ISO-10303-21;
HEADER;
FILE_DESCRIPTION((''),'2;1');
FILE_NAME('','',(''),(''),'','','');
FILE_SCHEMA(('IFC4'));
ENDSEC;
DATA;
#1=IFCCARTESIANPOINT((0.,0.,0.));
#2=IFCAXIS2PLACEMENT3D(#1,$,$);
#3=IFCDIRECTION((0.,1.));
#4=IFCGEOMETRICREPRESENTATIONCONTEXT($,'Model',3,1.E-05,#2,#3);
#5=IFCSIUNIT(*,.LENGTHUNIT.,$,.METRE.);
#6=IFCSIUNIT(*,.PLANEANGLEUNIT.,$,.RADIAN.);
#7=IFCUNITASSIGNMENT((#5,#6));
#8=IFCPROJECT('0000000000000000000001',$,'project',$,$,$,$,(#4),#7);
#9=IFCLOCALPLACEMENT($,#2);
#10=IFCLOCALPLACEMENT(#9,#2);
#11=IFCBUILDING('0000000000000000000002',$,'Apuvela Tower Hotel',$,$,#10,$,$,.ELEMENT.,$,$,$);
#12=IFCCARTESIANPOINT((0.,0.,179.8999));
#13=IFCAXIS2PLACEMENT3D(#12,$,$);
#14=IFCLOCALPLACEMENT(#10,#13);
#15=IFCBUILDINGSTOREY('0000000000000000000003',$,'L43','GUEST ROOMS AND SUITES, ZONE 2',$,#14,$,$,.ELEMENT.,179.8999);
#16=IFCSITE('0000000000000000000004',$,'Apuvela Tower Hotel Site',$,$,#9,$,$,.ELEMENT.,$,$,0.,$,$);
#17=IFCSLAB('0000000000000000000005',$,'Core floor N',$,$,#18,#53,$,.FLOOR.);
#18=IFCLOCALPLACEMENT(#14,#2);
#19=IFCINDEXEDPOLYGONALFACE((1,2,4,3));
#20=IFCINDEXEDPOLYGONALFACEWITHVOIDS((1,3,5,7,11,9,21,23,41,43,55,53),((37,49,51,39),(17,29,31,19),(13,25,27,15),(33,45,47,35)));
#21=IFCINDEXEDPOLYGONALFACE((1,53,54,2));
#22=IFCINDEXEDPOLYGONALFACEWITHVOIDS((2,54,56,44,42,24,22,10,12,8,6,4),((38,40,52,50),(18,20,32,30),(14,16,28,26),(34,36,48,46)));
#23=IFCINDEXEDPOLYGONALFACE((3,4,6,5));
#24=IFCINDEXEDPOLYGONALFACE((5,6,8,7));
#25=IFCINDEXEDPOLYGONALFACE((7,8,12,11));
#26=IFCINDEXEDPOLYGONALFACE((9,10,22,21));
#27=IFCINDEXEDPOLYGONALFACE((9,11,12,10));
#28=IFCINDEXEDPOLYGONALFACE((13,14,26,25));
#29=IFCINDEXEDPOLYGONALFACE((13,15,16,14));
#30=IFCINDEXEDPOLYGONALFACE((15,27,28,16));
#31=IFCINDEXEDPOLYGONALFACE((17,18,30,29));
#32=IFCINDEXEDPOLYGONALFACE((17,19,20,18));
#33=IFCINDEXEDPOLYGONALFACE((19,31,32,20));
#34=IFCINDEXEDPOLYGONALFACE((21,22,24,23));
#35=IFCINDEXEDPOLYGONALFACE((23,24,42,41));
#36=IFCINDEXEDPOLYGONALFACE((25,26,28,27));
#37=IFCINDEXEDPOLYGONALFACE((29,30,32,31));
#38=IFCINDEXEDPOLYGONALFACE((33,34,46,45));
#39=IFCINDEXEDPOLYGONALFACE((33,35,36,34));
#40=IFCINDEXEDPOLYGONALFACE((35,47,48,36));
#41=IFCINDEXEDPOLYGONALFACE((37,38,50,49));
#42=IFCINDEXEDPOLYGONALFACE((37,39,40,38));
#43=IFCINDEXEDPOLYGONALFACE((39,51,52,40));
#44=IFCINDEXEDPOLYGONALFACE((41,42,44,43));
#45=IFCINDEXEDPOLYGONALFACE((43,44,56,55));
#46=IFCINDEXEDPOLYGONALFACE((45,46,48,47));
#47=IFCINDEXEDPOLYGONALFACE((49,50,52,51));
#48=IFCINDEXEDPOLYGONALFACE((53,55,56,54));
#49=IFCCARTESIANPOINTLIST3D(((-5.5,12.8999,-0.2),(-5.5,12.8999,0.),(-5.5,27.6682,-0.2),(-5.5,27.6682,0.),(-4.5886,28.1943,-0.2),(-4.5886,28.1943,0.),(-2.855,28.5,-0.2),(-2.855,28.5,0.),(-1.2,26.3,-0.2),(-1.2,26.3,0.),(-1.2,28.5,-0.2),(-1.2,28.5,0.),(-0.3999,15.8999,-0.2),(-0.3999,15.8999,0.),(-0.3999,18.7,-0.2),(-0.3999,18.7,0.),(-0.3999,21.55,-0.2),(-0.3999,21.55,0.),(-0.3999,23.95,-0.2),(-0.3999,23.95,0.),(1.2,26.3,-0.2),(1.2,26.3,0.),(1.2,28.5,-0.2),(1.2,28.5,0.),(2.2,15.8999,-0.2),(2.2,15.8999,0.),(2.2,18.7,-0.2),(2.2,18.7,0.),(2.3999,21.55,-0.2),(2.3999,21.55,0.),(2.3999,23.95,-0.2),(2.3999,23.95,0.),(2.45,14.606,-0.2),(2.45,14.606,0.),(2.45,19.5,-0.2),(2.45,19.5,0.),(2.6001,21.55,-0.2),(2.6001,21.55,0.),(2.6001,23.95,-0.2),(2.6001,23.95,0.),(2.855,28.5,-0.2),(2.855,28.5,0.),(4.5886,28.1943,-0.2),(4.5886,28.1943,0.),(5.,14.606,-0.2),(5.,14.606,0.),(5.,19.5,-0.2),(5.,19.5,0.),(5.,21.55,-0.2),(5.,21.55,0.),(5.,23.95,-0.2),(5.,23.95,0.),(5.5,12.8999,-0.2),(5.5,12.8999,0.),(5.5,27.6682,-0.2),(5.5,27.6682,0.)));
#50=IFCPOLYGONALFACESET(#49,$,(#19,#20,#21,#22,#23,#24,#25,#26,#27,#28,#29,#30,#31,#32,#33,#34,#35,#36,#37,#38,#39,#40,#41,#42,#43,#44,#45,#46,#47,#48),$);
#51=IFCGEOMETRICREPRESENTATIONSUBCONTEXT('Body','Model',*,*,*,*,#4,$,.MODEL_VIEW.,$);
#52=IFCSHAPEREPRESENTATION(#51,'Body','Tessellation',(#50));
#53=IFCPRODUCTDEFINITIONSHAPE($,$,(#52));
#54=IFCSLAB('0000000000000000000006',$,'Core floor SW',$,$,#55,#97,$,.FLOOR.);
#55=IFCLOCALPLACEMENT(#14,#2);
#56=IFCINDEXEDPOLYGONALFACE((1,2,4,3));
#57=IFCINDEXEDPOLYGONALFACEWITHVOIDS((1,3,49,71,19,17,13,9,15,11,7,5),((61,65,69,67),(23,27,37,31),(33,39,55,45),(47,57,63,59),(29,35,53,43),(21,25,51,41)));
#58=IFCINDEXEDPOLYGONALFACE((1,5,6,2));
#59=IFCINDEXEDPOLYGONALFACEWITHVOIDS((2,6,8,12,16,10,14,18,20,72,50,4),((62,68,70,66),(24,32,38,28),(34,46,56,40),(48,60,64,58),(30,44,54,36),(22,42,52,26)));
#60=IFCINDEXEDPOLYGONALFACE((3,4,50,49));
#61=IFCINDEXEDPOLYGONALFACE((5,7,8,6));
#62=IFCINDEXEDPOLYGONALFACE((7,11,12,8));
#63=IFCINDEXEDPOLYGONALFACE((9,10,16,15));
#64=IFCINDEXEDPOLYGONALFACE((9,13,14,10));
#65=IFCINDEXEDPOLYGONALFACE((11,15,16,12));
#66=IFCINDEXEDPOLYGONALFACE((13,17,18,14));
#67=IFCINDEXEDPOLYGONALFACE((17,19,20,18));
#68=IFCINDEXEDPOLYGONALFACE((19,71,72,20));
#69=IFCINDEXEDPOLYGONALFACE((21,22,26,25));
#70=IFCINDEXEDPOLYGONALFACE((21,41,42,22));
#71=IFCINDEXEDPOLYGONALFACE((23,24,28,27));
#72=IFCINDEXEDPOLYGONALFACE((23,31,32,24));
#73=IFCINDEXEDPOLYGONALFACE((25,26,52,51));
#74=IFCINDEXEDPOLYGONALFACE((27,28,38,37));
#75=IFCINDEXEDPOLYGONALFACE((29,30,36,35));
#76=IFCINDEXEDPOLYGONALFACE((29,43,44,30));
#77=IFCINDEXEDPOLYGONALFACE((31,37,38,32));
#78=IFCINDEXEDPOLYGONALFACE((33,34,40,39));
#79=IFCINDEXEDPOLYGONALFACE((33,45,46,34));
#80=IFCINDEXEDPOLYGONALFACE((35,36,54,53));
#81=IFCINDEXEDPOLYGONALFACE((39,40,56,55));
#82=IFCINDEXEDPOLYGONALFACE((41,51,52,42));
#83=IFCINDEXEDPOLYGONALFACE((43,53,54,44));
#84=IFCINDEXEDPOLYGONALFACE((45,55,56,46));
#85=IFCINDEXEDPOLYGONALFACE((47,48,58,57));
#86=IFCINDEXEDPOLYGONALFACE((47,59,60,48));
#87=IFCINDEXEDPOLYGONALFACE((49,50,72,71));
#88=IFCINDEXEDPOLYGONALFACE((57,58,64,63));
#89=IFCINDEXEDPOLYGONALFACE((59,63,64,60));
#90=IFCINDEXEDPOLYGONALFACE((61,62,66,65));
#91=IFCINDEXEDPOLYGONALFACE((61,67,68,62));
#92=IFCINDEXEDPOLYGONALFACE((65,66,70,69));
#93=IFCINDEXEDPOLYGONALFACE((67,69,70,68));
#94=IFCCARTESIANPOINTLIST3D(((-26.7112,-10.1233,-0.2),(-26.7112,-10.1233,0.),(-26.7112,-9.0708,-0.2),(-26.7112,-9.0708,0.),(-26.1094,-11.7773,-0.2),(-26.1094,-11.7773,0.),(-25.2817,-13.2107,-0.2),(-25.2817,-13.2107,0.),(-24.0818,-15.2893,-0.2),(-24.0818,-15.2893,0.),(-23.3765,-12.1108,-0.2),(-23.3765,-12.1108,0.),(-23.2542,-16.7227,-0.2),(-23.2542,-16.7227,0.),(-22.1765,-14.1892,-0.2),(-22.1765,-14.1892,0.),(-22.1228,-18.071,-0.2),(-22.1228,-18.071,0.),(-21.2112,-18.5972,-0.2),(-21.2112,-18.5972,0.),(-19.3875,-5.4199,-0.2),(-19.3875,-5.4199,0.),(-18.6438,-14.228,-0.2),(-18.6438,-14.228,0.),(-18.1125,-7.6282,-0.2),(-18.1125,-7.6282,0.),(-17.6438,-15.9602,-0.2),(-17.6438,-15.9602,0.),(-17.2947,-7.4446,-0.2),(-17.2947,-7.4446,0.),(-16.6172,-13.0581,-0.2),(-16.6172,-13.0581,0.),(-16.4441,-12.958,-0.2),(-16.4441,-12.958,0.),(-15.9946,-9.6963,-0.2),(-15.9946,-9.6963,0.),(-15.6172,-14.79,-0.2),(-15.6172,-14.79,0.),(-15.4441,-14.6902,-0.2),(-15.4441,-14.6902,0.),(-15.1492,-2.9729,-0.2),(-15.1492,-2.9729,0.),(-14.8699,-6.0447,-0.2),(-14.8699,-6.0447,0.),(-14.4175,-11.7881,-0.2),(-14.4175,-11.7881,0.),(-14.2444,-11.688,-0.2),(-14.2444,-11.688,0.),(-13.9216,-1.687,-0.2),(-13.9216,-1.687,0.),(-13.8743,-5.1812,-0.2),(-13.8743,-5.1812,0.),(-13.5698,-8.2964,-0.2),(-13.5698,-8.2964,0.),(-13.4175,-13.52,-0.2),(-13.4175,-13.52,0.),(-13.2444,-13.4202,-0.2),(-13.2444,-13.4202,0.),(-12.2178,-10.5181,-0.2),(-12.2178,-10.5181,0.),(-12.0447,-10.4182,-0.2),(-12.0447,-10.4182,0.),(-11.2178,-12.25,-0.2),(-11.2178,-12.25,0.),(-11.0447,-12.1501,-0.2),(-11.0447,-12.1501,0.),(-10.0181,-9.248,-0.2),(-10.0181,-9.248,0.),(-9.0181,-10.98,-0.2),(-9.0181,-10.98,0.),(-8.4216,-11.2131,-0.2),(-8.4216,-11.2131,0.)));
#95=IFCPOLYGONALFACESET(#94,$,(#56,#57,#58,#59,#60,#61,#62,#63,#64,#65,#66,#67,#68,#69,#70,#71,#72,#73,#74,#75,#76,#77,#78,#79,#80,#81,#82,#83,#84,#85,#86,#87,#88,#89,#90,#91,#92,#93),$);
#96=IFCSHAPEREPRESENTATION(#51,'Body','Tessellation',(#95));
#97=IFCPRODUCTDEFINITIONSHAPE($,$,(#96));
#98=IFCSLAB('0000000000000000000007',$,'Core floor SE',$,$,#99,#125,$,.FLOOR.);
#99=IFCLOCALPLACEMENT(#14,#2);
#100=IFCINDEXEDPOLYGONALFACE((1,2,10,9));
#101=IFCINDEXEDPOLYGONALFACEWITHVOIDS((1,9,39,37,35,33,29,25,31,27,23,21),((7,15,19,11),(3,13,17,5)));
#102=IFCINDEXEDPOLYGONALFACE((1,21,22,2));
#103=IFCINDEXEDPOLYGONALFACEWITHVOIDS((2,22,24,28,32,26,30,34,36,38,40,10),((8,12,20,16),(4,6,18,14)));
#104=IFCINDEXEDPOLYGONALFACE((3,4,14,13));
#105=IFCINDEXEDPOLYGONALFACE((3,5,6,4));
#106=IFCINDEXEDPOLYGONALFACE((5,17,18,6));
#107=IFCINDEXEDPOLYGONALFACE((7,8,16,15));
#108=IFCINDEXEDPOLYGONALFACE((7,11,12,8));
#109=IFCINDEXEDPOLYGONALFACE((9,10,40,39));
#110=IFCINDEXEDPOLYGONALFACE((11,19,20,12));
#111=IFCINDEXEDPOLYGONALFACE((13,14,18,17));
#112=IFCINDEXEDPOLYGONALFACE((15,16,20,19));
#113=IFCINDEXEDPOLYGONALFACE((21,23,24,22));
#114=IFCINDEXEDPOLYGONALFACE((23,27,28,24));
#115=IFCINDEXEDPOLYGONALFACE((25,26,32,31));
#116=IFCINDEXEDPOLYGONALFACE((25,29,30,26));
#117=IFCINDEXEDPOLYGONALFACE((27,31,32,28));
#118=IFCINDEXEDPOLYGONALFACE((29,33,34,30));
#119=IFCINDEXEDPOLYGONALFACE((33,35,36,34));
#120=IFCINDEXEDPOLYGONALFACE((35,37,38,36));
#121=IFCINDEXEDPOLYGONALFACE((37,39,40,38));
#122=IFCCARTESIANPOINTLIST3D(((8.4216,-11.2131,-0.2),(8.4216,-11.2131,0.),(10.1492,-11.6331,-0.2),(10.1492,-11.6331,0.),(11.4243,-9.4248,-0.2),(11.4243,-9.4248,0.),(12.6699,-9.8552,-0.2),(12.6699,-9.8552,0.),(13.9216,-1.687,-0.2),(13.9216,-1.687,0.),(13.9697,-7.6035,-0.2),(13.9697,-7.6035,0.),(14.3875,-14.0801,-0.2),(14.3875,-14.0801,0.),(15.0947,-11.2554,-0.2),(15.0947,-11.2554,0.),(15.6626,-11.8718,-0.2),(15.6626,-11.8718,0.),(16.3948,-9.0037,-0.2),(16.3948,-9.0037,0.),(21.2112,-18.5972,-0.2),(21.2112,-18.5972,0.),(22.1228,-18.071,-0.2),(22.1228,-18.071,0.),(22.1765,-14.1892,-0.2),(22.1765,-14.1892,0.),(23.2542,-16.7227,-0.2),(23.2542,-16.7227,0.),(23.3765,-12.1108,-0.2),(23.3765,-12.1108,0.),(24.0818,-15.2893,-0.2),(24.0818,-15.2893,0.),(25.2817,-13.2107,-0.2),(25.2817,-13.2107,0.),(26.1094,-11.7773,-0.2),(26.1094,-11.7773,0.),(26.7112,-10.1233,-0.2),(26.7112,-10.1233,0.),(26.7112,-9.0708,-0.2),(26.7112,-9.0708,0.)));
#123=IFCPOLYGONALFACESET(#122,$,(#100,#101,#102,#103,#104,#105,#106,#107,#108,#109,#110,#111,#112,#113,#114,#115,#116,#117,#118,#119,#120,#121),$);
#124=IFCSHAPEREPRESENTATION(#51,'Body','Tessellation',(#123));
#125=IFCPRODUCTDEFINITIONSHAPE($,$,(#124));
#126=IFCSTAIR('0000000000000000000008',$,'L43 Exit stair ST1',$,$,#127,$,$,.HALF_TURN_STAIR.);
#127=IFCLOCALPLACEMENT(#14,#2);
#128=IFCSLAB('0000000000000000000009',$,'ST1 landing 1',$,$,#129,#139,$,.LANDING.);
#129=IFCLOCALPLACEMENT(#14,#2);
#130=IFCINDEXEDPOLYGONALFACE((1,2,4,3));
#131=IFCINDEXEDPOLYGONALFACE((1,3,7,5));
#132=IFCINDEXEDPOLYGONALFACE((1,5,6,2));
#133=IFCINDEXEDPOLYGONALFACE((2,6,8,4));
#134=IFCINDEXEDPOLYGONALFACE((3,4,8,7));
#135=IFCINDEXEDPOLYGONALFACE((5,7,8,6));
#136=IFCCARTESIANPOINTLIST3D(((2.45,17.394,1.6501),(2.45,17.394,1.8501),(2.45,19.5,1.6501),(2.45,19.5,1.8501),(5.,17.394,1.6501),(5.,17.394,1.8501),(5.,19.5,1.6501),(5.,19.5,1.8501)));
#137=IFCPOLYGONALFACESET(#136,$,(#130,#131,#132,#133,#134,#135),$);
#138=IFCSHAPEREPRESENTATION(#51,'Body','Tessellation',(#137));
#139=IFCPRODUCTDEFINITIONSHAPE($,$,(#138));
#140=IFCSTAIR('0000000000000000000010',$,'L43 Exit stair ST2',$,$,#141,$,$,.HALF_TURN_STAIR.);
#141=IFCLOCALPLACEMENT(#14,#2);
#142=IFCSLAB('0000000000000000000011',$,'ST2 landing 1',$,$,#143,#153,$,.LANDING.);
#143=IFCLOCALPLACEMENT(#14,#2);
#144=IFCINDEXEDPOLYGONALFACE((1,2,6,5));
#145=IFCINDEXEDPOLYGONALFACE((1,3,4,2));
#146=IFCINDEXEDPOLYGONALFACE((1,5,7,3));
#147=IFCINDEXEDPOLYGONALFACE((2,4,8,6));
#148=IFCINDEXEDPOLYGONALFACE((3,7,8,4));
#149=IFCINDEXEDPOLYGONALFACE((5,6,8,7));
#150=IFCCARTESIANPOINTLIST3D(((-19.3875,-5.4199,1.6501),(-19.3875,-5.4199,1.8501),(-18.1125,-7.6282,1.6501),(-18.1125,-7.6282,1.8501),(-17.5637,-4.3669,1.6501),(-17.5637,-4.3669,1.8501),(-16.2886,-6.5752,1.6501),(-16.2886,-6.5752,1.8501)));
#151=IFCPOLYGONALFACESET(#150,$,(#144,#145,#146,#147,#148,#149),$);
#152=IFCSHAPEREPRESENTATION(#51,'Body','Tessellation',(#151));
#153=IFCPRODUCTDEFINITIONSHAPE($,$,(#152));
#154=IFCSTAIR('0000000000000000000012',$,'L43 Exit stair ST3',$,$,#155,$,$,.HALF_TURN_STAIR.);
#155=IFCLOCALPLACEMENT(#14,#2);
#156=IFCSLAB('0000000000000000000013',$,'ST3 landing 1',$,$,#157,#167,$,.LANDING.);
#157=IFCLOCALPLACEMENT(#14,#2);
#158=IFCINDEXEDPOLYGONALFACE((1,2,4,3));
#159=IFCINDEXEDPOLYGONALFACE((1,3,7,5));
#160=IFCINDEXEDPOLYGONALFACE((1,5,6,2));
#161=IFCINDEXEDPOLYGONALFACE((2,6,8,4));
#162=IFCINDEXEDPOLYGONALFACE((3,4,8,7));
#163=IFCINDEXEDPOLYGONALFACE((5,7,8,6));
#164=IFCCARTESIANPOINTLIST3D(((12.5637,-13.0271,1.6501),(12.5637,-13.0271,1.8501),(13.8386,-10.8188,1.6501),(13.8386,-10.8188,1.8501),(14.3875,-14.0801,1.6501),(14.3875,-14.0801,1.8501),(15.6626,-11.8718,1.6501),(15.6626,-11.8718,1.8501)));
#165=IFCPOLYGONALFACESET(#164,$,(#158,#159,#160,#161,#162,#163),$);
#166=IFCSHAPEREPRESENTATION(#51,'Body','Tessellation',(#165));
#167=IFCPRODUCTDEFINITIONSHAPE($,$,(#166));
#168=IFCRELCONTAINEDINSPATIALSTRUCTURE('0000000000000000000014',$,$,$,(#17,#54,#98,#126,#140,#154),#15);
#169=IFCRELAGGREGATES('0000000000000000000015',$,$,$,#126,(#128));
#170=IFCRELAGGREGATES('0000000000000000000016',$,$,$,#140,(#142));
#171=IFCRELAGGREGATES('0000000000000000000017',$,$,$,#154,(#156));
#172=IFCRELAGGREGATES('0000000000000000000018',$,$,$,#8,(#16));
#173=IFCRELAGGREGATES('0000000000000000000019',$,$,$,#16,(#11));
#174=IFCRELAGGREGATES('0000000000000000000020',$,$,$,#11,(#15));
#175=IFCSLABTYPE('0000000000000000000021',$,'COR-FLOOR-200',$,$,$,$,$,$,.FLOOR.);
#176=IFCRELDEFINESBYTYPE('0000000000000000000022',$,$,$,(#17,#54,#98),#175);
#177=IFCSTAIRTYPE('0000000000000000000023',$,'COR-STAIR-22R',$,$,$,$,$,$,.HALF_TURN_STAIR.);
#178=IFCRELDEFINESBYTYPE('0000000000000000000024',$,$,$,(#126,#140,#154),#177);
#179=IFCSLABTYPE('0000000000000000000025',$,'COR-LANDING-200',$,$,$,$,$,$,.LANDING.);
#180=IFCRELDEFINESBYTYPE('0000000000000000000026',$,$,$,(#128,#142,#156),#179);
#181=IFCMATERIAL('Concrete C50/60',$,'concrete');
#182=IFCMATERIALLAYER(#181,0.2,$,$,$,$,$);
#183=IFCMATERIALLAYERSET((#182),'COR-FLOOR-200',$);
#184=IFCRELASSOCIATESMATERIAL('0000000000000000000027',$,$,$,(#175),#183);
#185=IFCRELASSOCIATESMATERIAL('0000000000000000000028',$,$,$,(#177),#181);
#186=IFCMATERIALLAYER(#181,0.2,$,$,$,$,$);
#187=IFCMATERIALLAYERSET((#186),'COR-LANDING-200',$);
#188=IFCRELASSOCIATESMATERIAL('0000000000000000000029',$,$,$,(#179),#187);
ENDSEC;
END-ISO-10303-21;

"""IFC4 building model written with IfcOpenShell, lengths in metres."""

from ifc_helpers import new_model, si_unit, direction, frame, origin, place, context, subcontext, project, spatial, polyline, outline, extrude, material, layer, layer_set, type_object, element, aggregate, save


model = new_model("IFC4")

# Units and contexts
model_context = context("Model", 3, precision=1e-05, world=origin(), true_north=direction((0.0, 1.0)))
body_context = subcontext(model_context, "Body", "Model", "MODEL_VIEW")
ifc_project = project(units=[si_unit("LENGTHUNIT", "METRE"), si_unit("PLANEANGLEUNIT", "RADIAN")], contexts=[model_context])

# Site, building, storey
site_placement = place(None, origin())
site = spatial("IfcSite", under=ifc_project, at=site_placement, Name="Apuvela Tower Hotel Site", CompositionType="ELEMENT", RefElevation=0.0)
building_placement = place(site_placement, origin())
building = spatial("IfcBuilding", under=site, at=building_placement, Name="Apuvela Tower Hotel", CompositionType="ELEMENT")
storey_placement = place(building_placement, frame((0.0, 0.0, 179.8999)))
storey = spatial("IfcBuildingStorey", under=building, at=storey_placement, Name="L43", Description="GUEST ROOMS AND SUITES, ZONE 2", CompositionType="ELEMENT", Elevation=179.8999)

# Slabs
ifc_material_1 = material(Name="Concrete C50/60", Category="concrete")
ifc_layer_1 = layer(ifc_material_1, 0.2)
ifc_layer_set_1 = layer_set([ifc_layer_1], Name="COR-FLOOR-200")
slab_type_1 = type_object("IfcSlabType", Name="COR-FLOOR-200", PredefinedType="FLOOR", material=ifc_layer_set_1)
slab_1_placement = place(storey_placement, frame((0.0, 0.0, -0.2)))
element("IfcSlab", 1, at=slab_1_placement, inside=storey, type_object=slab_type_1, Name="Core floor N", PredefinedType="FLOOR", context=body_context, shape_type="SweptSolid", body=[
    extrude(outline(polyline([(5.5, 27.6682), (4.5886, 28.1943), (2.855, 28.5), (1.2, 28.5), (1.2, 26.3), (-1.2, 26.3), (-1.2, 28.5), (-2.855, 28.5), (-4.5886, 28.1943), (-5.5, 27.6682), (-5.5, 12.8999), (5.5, 12.8999), (5.5, 27.6682)]), holes=[polyline([(5.0, 14.606), (2.45, 14.606), (2.45, 19.5), (5.0, 19.5), (5.0, 14.606)]), polyline([(2.2, 15.8999), (-0.3999, 15.8999), (-0.3999, 18.7), (2.2, 18.7), (2.2, 15.8999)]), polyline([(5.0, 21.55), (2.6001, 21.55), (2.6001, 23.95), (5.0, 23.95), (5.0, 21.55)]), polyline([(2.3999, 21.55), (-0.3999, 21.55), (-0.3999, 23.95), (2.3999, 23.95), (2.3999, 21.55)])]), origin(), (0.0, 0.0, 1.0), 0.2),
])
slab_2_placement = place(storey_placement, frame((0.0, 0.0, -0.2)))
element("IfcSlab", 2, at=slab_2_placement, inside=storey, type_object=slab_type_1, Name="Core floor SW", PredefinedType="FLOOR", context=body_context, shape_type="SweptSolid", body=[
    extrude(outline(polyline([(-26.7112, -9.0708), (-26.7112, -10.1233), (-26.1094, -11.7773), (-25.2817, -13.2107), (-23.3765, -12.1108), (-22.1765, -14.1892), (-24.0818, -15.2893), (-23.2542, -16.7227), (-22.1228, -18.071), (-21.2112, -18.5972), (-8.4216, -11.2131), (-13.9216, -1.687), (-26.7112, -9.0708)]), holes=[polyline([(-10.0181, -9.248), (-9.0181, -10.98), (-11.0447, -12.1501), (-12.0447, -10.4182), (-10.0181, -9.248)]), polyline([(-14.2444, -11.688), (-12.2178, -10.5181), (-11.2178, -12.25), (-13.2444, -13.4202), (-14.2444, -11.688)]), polyline([(-19.3875, -5.4199), (-15.1492, -2.9729), (-13.8743, -5.1812), (-18.1125, -7.6282), (-19.3875, -5.4199)]), polyline([(-14.8699, -6.0447), (-13.5698, -8.2964), (-15.9946, -9.6963), (-17.2947, -7.4446), (-14.8699, -6.0447)]), polyline([(-16.4441, -12.958), (-14.4175, -11.7881), (-13.4175, -13.52), (-15.4441, -14.6902), (-16.4441, -12.958)]), polyline([(-18.6438, -14.228), (-16.6172, -13.0581), (-15.6172, -14.79), (-17.6438, -15.9602), (-18.6438, -14.228)])]), origin(), (0.0, 0.0, 1.0), 0.2),
])
slab_3_placement = place(storey_placement, frame((0.0, 0.0, -0.2)))
element("IfcSlab", 3, at=slab_3_placement, inside=storey, type_object=slab_type_1, Name="Core floor SE", PredefinedType="FLOOR", context=body_context, shape_type="SweptSolid", body=[
    extrude(outline(polyline([(21.2112, -18.5972), (22.1228, -18.071), (23.2542, -16.7227), (24.0818, -15.2893), (22.1765, -14.1892), (23.3765, -12.1108), (25.2817, -13.2107), (26.1094, -11.7773), (26.7112, -10.1233), (26.7112, -9.0708), (13.9216, -1.687), (8.4216, -11.2131), (21.2112, -18.5972)]), holes=[polyline([(11.4243, -9.4248), (15.6626, -11.8718), (14.3875, -14.0801), (10.1492, -11.6331), (11.4243, -9.4248)]), polyline([(13.9697, -7.6035), (16.3948, -9.0037), (15.0947, -11.2554), (12.6699, -9.8552), (13.9697, -7.6035)])]), origin(), (0.0, 0.0, 1.0), 0.2),
])

# Stairs, slabs
stair_type = type_object("IfcStairType", Name="COR-STAIR-22R", PredefinedType="HALF_TURN_STAIR", material=ifc_material_1)
stair_1_placement = place(storey_placement, origin())
stair_1 = element("IfcStair", 4, at=stair_1_placement, inside=storey, type_object=stair_type, Name="L43 Exit stair ST1", PredefinedType="HALF_TURN_STAIR")
ifc_layer_2 = layer(ifc_material_1, 0.2)
ifc_layer_set_2 = layer_set([ifc_layer_2], Name="COR-LANDING-200")
slab_type_2 = type_object("IfcSlabType", Name="COR-LANDING-200", PredefinedType="LANDING", material=ifc_layer_set_2)
slab_4_placement = place(storey_placement, frame((0.0, 0.0, 1.6501)))
slab_4 = element("IfcSlab", 5, at=slab_4_placement, type_object=slab_type_2, Name="ST1 landing 1", PredefinedType="LANDING", context=body_context, shape_type="SweptSolid", body=[
    extrude(outline(polyline([(5.0, 17.394), (5.0, 19.5), (2.45, 19.5), (2.45, 17.394), (5.0, 17.394)])), origin(), (0.0, 0.0, 1.0), 0.2),
])
aggregate(stair_1, [slab_4])
stair_2_placement = place(storey_placement, origin())
stair_2 = element("IfcStair", 6, at=stair_2_placement, inside=storey, type_object=stair_type, Name="L43 Exit stair ST2", PredefinedType="HALF_TURN_STAIR")
slab_5_placement = place(storey_placement, frame((0.0, 0.0, 1.6501)))
slab_5 = element("IfcSlab", 7, at=slab_5_placement, type_object=slab_type_2, Name="ST2 landing 1", PredefinedType="LANDING", context=body_context, shape_type="SweptSolid", body=[
    extrude(outline(polyline([(-17.5637, -4.3669), (-19.3875, -5.4199), (-18.1125, -7.6282), (-16.2886, -6.5752), (-17.5637, -4.3669)])), origin(), (0.0, 0.0, 1.0), 0.2),
])
aggregate(stair_2, [slab_5])
stair_3_placement = place(storey_placement, origin())
stair_3 = element("IfcStair", 8, at=stair_3_placement, inside=storey, type_object=stair_type, Name="L43 Exit stair ST3", PredefinedType="HALF_TURN_STAIR")
slab_6_placement = place(storey_placement, frame((0.0, 0.0, 1.6501)))
slab_6 = element("IfcSlab", 9, at=slab_6_placement, type_object=slab_type_2, Name="ST3 landing 1", PredefinedType="LANDING", context=body_context, shape_type="SweptSolid", body=[
    extrude(outline(polyline([(12.5637, -13.0271), (14.3875, -14.0801), (15.6626, -11.8718), (13.8386, -10.8188), (12.5637, -13.0271)])), origin(), (0.0, 0.0, 1.0), 0.2),
])
aggregate(stair_3, [slab_6])

save(model, "model.ifc")
